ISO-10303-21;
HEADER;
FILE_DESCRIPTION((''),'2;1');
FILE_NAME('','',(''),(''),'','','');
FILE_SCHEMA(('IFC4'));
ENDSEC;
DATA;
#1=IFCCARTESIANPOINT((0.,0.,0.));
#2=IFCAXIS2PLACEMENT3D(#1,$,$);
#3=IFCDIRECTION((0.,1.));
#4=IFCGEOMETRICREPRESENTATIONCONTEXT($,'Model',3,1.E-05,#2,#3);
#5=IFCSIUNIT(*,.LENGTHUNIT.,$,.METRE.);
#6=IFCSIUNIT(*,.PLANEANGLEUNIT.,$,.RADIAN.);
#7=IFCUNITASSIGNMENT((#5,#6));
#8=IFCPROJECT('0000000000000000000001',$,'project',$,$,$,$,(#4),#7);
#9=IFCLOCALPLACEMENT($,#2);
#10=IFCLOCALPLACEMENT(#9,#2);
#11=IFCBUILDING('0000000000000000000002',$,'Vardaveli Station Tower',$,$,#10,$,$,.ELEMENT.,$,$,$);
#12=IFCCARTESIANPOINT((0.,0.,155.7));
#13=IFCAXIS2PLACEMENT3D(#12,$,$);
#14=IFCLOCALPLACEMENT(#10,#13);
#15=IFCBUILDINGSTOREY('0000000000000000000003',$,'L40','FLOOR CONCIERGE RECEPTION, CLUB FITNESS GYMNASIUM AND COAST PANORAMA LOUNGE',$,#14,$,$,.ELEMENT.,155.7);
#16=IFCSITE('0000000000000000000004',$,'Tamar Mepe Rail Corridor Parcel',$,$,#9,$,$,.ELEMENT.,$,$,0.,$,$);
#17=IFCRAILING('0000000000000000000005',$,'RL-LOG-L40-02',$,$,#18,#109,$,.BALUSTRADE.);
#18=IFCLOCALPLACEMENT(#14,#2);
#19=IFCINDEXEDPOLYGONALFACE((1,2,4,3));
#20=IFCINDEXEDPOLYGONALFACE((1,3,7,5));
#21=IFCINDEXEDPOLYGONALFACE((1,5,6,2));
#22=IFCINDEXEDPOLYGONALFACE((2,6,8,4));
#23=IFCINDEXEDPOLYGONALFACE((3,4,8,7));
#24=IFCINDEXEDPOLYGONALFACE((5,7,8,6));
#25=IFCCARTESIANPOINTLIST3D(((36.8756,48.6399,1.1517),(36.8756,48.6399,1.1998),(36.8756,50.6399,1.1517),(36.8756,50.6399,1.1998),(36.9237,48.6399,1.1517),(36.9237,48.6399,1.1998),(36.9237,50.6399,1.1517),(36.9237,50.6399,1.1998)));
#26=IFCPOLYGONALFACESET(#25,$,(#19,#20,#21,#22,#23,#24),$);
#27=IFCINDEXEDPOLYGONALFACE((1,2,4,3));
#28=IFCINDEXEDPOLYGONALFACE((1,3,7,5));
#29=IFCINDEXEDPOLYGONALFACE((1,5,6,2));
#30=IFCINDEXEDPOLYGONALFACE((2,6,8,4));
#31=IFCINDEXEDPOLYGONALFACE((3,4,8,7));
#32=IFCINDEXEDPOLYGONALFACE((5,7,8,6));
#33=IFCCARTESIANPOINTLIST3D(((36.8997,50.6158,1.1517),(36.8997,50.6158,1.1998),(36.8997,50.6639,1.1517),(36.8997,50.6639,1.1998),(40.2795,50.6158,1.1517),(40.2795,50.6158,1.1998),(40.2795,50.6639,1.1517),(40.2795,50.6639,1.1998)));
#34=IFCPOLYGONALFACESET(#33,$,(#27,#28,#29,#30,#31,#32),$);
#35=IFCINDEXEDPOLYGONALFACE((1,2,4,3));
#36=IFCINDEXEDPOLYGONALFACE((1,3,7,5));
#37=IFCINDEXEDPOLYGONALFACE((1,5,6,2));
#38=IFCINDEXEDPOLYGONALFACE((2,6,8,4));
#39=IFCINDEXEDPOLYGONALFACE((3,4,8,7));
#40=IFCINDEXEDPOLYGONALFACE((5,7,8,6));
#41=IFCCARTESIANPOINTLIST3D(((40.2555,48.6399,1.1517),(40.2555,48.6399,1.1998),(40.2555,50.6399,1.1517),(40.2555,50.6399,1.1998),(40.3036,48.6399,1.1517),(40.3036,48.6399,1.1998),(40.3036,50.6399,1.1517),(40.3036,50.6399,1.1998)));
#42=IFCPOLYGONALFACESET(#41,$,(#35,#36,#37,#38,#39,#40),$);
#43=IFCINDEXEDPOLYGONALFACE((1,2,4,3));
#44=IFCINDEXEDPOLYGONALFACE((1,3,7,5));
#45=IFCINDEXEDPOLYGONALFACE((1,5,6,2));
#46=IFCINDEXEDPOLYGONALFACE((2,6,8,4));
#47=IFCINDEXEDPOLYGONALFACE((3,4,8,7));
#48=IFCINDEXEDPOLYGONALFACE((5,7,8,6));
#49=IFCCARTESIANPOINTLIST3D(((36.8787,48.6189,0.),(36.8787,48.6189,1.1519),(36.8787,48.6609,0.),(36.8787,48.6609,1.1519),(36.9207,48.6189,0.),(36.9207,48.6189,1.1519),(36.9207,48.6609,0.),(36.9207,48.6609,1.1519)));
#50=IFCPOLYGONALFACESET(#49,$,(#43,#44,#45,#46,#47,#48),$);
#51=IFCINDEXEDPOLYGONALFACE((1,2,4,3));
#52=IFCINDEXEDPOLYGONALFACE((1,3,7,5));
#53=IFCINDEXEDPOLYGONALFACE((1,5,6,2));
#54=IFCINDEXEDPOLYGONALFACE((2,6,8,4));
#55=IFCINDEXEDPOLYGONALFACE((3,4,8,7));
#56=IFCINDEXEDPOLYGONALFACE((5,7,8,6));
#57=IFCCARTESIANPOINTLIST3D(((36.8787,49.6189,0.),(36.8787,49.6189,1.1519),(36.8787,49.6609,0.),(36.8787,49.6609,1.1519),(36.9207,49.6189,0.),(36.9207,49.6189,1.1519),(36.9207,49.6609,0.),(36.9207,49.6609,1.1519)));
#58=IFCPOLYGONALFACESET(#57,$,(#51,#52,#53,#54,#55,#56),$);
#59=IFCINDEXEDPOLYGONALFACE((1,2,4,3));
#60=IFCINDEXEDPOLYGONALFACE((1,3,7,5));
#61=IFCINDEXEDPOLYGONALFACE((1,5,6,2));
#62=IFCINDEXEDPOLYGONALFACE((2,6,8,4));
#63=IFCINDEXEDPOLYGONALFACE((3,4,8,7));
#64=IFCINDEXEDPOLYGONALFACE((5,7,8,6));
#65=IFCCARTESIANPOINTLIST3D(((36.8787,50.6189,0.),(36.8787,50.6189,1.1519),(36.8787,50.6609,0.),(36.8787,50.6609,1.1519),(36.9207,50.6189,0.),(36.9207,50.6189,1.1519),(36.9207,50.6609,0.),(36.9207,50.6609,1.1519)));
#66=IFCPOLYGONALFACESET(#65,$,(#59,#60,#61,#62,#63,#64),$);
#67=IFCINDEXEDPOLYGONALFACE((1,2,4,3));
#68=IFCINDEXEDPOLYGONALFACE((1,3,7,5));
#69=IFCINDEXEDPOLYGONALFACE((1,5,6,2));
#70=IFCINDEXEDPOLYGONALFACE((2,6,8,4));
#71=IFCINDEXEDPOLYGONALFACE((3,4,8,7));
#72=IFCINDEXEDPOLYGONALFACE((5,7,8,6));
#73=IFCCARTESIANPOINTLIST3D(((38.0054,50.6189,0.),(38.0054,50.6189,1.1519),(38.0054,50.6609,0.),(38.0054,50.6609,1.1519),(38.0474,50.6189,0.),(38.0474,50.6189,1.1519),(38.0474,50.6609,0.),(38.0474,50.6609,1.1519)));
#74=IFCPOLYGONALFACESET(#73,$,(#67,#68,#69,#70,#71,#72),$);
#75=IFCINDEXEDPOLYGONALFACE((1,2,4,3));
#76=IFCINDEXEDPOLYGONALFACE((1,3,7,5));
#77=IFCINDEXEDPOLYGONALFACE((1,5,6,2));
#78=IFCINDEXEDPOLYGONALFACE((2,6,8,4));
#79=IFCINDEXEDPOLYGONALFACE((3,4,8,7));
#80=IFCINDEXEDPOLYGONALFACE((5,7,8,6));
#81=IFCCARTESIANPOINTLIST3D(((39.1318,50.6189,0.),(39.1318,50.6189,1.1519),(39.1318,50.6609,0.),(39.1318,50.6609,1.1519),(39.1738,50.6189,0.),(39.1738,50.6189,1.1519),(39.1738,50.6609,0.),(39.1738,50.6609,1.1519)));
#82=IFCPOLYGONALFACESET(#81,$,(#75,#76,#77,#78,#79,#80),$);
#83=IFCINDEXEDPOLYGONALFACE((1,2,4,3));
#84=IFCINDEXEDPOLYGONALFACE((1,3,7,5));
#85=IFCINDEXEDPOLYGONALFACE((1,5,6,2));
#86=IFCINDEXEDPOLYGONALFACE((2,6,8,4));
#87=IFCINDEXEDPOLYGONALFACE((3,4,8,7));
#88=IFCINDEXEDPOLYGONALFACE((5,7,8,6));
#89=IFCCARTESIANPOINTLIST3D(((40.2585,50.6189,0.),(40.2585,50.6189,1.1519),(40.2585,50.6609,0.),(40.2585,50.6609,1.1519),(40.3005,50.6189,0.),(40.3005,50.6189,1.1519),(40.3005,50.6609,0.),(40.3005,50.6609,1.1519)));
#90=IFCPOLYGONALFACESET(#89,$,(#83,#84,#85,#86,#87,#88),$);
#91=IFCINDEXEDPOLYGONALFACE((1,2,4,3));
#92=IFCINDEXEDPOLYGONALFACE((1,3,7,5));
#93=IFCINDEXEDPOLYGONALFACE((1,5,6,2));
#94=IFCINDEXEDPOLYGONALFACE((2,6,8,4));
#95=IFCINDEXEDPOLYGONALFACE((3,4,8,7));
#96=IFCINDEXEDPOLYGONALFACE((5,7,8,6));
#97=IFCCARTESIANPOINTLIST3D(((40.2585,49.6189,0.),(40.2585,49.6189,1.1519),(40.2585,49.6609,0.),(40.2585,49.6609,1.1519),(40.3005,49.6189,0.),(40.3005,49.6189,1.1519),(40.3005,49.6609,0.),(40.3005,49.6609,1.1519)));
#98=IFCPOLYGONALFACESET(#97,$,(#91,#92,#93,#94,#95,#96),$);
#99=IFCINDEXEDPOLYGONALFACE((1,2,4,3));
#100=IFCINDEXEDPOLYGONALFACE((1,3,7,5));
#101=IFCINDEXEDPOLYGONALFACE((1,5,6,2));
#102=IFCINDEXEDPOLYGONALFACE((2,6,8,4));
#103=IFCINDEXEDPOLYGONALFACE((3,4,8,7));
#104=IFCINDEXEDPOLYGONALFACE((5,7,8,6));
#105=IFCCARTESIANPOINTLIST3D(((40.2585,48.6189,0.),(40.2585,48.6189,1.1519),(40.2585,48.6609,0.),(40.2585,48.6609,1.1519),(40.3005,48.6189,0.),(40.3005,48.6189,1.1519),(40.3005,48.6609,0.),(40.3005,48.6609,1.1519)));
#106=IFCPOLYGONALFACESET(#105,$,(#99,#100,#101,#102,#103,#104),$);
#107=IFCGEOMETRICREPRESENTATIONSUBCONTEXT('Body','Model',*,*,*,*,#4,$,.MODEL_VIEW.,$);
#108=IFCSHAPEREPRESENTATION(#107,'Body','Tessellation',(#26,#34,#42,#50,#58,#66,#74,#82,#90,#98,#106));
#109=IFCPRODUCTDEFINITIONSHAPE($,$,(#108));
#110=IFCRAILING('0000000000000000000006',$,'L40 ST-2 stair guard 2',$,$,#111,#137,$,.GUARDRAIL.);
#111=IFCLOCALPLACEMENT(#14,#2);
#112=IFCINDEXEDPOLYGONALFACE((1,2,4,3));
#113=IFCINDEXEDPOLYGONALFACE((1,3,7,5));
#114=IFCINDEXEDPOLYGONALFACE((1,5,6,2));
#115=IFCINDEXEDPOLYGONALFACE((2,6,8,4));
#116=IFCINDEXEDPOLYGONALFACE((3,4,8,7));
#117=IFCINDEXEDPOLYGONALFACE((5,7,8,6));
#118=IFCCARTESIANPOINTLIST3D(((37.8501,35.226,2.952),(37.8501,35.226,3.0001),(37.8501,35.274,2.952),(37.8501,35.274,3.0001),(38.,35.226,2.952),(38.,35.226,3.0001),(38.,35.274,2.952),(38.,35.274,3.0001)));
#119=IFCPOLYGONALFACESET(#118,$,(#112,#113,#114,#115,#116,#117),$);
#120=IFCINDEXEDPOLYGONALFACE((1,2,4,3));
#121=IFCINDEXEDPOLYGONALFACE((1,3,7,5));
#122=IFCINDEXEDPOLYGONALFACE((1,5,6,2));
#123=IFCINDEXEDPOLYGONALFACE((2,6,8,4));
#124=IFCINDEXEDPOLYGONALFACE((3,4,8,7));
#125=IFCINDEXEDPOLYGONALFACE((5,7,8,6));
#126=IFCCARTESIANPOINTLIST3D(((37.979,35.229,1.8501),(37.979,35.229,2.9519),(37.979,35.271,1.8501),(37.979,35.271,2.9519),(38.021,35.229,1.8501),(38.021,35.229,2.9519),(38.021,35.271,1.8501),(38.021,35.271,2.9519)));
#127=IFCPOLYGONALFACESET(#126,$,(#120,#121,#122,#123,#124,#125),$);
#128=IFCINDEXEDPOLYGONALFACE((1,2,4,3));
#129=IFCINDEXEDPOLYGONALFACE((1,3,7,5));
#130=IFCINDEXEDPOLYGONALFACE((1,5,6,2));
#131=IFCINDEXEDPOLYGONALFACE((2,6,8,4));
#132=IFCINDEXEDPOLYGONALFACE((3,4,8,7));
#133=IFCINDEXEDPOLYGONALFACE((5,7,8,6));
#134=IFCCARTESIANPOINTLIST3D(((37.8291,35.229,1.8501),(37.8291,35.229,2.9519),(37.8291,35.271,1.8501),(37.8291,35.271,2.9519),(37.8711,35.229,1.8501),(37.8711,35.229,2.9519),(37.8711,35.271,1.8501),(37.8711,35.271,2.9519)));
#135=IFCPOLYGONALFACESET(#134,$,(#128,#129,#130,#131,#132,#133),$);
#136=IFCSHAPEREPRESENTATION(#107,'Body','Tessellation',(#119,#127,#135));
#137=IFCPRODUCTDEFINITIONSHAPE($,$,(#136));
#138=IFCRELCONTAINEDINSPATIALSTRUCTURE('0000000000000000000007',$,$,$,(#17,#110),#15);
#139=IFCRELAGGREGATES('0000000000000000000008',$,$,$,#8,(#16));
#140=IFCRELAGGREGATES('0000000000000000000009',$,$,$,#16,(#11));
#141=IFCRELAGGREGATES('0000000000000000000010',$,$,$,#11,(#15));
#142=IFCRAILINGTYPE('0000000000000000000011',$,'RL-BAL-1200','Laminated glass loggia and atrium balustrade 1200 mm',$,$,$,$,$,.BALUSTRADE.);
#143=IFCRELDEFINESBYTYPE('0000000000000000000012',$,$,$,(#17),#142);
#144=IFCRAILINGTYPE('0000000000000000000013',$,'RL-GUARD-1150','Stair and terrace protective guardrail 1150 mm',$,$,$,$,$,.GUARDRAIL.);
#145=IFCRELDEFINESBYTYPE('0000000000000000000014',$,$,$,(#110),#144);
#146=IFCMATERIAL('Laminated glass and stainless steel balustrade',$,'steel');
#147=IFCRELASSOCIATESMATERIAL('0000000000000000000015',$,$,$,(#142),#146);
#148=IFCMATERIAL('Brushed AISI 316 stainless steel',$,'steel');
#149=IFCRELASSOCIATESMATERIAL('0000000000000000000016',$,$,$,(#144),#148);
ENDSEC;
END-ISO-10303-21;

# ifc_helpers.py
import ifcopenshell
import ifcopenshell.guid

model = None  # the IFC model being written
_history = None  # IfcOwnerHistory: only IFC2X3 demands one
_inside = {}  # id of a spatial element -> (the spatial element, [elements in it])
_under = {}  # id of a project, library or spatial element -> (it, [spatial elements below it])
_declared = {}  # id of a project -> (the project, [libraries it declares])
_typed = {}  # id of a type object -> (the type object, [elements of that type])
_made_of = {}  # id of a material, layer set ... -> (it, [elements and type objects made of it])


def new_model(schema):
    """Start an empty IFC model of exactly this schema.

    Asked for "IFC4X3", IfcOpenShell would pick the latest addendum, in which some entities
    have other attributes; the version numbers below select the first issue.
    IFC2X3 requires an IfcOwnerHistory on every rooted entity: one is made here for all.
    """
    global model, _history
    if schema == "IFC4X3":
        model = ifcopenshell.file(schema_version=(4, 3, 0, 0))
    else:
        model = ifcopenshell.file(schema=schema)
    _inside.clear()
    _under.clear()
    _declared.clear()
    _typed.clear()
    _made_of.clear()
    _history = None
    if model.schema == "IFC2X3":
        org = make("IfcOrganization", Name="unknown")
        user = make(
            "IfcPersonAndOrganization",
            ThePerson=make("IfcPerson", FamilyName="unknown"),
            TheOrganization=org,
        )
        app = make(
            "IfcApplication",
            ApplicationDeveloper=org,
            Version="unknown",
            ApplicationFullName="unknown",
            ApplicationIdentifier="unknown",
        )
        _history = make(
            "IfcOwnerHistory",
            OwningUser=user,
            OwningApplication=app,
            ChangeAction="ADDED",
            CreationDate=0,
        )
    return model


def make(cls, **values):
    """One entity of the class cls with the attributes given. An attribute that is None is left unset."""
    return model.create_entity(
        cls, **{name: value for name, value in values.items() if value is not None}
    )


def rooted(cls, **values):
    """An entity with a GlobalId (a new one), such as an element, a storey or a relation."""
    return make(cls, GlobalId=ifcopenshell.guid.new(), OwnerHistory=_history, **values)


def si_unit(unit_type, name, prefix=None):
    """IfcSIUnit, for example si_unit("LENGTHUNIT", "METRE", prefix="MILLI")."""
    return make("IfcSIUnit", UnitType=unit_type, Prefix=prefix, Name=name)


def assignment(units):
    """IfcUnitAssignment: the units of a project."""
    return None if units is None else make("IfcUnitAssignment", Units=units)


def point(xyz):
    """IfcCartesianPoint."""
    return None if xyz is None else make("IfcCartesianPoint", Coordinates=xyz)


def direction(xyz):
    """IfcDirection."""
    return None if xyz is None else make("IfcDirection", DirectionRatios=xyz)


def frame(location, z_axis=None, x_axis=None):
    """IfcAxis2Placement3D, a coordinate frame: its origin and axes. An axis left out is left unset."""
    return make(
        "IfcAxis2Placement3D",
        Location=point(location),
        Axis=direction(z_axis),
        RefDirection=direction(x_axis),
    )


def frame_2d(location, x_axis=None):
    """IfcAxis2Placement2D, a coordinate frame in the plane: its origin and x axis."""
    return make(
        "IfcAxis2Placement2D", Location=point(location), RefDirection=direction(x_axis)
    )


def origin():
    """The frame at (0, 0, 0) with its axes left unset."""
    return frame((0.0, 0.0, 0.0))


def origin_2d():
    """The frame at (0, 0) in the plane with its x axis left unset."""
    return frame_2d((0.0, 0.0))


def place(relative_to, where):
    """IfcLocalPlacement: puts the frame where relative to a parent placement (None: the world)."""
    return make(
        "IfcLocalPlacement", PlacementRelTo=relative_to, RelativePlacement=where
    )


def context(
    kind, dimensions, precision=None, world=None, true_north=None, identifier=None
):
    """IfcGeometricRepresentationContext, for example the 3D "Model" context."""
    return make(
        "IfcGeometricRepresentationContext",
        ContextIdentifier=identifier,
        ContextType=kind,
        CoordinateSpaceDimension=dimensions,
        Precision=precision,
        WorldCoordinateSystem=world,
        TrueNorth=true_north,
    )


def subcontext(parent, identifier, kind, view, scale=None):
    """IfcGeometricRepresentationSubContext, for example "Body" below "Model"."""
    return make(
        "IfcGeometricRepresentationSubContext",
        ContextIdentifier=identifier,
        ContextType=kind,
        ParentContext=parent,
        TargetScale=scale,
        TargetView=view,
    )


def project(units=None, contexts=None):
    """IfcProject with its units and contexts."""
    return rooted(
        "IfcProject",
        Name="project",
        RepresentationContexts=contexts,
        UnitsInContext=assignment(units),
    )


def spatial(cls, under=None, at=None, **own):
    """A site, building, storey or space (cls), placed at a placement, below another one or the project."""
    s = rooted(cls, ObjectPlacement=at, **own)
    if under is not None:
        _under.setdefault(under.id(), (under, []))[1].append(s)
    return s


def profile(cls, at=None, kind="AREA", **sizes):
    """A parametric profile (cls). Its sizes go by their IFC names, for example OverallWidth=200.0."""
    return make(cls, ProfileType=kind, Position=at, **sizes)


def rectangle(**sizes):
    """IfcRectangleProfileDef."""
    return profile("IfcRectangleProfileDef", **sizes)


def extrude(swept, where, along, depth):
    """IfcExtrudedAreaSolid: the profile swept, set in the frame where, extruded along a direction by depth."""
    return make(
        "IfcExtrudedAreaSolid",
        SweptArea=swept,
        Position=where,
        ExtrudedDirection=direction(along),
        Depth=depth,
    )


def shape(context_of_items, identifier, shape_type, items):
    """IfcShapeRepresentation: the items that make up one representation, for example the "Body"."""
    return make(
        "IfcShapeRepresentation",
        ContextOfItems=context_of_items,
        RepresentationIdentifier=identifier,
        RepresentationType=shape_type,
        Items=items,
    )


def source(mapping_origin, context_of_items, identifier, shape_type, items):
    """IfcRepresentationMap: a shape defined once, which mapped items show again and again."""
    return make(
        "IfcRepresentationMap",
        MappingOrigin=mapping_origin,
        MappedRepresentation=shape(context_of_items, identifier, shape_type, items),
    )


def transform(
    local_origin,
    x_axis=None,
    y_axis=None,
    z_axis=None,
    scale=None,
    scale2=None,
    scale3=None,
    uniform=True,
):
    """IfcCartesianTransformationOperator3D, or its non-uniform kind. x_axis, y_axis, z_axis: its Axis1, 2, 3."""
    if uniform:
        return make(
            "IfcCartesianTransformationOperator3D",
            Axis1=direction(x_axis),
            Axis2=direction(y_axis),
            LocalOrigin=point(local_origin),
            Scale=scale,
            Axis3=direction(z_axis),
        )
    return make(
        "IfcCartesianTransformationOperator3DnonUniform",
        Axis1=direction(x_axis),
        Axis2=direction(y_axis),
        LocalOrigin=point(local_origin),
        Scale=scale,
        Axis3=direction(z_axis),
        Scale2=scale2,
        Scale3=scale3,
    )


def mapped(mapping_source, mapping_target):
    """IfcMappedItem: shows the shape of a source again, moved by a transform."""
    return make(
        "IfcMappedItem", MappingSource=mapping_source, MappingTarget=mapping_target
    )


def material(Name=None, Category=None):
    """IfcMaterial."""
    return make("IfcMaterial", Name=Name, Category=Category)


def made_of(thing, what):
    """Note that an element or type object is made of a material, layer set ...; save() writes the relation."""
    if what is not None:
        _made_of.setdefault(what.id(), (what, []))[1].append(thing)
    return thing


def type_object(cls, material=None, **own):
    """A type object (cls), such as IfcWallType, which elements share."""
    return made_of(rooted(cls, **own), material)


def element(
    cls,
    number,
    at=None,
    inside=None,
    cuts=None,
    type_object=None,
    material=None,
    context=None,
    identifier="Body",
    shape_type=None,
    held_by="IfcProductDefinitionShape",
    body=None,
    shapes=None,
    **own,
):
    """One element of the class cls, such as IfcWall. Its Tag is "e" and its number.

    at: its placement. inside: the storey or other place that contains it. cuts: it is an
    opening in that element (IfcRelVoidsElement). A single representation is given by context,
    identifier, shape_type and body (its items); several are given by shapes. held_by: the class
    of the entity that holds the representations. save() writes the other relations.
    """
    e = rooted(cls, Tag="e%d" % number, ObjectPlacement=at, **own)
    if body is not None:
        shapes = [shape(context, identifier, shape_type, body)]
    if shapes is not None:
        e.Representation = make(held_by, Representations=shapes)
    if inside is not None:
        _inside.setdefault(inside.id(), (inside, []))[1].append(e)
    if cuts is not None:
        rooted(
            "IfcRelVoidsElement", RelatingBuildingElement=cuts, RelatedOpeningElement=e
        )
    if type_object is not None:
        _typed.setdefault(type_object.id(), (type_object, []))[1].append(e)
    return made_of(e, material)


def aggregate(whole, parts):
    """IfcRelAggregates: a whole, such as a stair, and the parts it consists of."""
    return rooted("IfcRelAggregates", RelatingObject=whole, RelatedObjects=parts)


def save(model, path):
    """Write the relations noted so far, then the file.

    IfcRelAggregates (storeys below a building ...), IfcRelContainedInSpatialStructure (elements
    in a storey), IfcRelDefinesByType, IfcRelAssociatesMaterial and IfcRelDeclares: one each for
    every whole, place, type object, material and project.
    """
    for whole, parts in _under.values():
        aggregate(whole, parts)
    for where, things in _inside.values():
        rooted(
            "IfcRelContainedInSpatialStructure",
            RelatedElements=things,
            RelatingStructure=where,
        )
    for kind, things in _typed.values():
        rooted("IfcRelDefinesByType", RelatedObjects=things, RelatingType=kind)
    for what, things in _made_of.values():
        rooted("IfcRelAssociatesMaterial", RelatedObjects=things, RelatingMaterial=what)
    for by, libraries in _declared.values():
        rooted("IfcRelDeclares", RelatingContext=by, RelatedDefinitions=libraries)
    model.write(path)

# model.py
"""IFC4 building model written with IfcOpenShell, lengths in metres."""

from ifc_helpers import new_model, si_unit, direction, frame, origin, origin_2d, place, context, subcontext, project, spatial, rectangle, extrude, source, transform, mapped, material, type_object, element, save


model = new_model("IFC4")

# Units and contexts
model_context = context("Model", 3, precision=1e-05, world=origin(), true_north=direction((0.0, 1.0)))
body_context = subcontext(model_context, "Body", "Model", "MODEL_VIEW")
ifc_project = project(units=[si_unit("LENGTHUNIT", "METRE"), si_unit("PLANEANGLEUNIT", "RADIAN")], contexts=[model_context])

# Site, building, storey
site_placement = place(None, origin())
site = spatial("IfcSite", under=ifc_project, at=site_placement, Name="Tamar Mepe Rail Corridor Parcel", CompositionType="ELEMENT", RefElevation=0.0)
building_placement = place(site_placement, origin())
building = spatial("IfcBuilding", under=site, at=building_placement, Name="Vardaveli Station Tower", CompositionType="ELEMENT")
storey_placement = place(building_placement, frame((0.0, 0.0, 155.7)))
storey = spatial("IfcBuildingStorey", under=building, at=storey_placement, Name="L40", Description="FLOOR CONCIERGE RECEPTION, CLUB FITNESS GYMNASIUM AND COAST PANORAMA LOUNGE", CompositionType="ELEMENT", Elevation=155.7)

# Railings
ifc_material_1 = material(Name="Laminated glass and stainless steel balustrade", Category="steel")
railing_type_1 = type_object("IfcRailingType", Name="RL-BAL-1200", Description="Laminated glass loggia and atrium balustrade 1200 mm", PredefinedType="BALUSTRADE", material=ifc_material_1)
shared_shape_1 = source(origin(), body_context, "Body", "SweptSolid", [
    extrude(rectangle(XDim=0.0481, YDim=0.0481, at=origin_2d()), frame((0.0, 0.0, 1.1758), z_axis=(0.0, 1.0, 0.0), x_axis=(-1.0, 0.0, 0.0)), (0.0, 0.0, 1.0), 2.0),
    extrude(rectangle(XDim=0.0481, YDim=0.0481, at=origin_2d()), frame((0.0, 2.0, 1.1758), z_axis=(1.0, 0.0, 0.0), x_axis=(0.0, 1.0, 0.0)), (0.0, 0.0, 1.0), 3.3799),
    extrude(rectangle(XDim=0.0481, YDim=0.0481, at=origin_2d()), frame((3.3799, 2.0, 1.1758), z_axis=(0.0, -1.0, 0.0), x_axis=(1.0, 0.0, 0.0)), (0.0, 0.0, 1.0), 2.0),
    extrude(rectangle(XDim=0.042, YDim=0.042, at=origin_2d()), origin(), (0.0, 0.0, 1.0), 1.1519),
    extrude(rectangle(XDim=0.042, YDim=0.042, at=origin_2d()), frame((0.0, 1.0, 0.0)), (0.0, 0.0, 1.0), 1.1519),
    extrude(rectangle(XDim=0.042, YDim=0.042, at=origin_2d()), frame((0.0, 2.0, 0.0)), (0.0, 0.0, 1.0), 1.1519),
    extrude(rectangle(XDim=0.042, YDim=0.042, at=origin_2d()), frame((1.1267, 2.0, 0.0)), (0.0, 0.0, 1.0), 1.1519),
    extrude(rectangle(XDim=0.042, YDim=0.042, at=origin_2d()), frame((2.2532, 2.0, 0.0)), (0.0, 0.0, 1.0), 1.1519),
    extrude(rectangle(XDim=0.042, YDim=0.042, at=origin_2d()), frame((3.3799, 2.0, 0.0)), (0.0, 0.0, 1.0), 1.1519),
    extrude(rectangle(XDim=0.042, YDim=0.042, at=origin_2d()), frame((3.3799, 1.0, 0.0)), (0.0, 0.0, 1.0), 1.1519),
    extrude(rectangle(XDim=0.042, YDim=0.042, at=origin_2d()), frame((3.3799, 0.0, 0.0)), (0.0, 0.0, 1.0), 1.1519),
])
railing_1_placement = place(storey_placement, frame((36.8997, 48.6399, 0.0)))
element("IfcRailing", 1, at=railing_1_placement, inside=storey, type_object=railing_type_1, Name="RL-LOG-L40-02", PredefinedType="BALUSTRADE", context=body_context, shape_type="MappedRepresentation", body=[
    mapped(shared_shape_1, transform((0.0, 0.0, 0.0), scale=1.0)),
])
ifc_material_2 = material(Name="Brushed AISI 316 stainless steel", Category="steel")
railing_type_2 = type_object("IfcRailingType", Name="RL-GUARD-1150", Description="Stair and terrace protective guardrail 1150 mm", PredefinedType="GUARDRAIL", material=ifc_material_2)
shared_shape_2 = source(origin(), body_context, "Body", "SweptSolid", [
    extrude(rectangle(XDim=0.0481, YDim=0.0481, at=origin_2d()), frame((0.0, 0.0, 1.126), z_axis=(-1.0, 0.0, 0.0), x_axis=(0.0, -1.0, 0.0)), (0.0, 0.0, 1.0), 0.1499),
    extrude(rectangle(XDim=0.042, YDim=0.042, at=origin_2d()), origin(), (0.0, 0.0, 1.0), 1.1018),
    extrude(rectangle(XDim=0.042, YDim=0.042, at=origin_2d()), frame((-0.1499, 0.0, 0.0)), (0.0, 0.0, 1.0), 1.1018),
])
railing_2_placement = place(storey_placement, frame((38.0, 35.25, 1.8501)))
element("IfcRailing", 2, at=railing_2_placement, inside=storey, type_object=railing_type_2, Name="L40 ST-2 stair guard 2", PredefinedType="GUARDRAIL", context=body_context, shape_type="MappedRepresentation", body=[
    mapped(shared_shape_2, transform((0.0, 0.0, 0.0), scale=1.0)),
])

save(model, "model.ifc")
